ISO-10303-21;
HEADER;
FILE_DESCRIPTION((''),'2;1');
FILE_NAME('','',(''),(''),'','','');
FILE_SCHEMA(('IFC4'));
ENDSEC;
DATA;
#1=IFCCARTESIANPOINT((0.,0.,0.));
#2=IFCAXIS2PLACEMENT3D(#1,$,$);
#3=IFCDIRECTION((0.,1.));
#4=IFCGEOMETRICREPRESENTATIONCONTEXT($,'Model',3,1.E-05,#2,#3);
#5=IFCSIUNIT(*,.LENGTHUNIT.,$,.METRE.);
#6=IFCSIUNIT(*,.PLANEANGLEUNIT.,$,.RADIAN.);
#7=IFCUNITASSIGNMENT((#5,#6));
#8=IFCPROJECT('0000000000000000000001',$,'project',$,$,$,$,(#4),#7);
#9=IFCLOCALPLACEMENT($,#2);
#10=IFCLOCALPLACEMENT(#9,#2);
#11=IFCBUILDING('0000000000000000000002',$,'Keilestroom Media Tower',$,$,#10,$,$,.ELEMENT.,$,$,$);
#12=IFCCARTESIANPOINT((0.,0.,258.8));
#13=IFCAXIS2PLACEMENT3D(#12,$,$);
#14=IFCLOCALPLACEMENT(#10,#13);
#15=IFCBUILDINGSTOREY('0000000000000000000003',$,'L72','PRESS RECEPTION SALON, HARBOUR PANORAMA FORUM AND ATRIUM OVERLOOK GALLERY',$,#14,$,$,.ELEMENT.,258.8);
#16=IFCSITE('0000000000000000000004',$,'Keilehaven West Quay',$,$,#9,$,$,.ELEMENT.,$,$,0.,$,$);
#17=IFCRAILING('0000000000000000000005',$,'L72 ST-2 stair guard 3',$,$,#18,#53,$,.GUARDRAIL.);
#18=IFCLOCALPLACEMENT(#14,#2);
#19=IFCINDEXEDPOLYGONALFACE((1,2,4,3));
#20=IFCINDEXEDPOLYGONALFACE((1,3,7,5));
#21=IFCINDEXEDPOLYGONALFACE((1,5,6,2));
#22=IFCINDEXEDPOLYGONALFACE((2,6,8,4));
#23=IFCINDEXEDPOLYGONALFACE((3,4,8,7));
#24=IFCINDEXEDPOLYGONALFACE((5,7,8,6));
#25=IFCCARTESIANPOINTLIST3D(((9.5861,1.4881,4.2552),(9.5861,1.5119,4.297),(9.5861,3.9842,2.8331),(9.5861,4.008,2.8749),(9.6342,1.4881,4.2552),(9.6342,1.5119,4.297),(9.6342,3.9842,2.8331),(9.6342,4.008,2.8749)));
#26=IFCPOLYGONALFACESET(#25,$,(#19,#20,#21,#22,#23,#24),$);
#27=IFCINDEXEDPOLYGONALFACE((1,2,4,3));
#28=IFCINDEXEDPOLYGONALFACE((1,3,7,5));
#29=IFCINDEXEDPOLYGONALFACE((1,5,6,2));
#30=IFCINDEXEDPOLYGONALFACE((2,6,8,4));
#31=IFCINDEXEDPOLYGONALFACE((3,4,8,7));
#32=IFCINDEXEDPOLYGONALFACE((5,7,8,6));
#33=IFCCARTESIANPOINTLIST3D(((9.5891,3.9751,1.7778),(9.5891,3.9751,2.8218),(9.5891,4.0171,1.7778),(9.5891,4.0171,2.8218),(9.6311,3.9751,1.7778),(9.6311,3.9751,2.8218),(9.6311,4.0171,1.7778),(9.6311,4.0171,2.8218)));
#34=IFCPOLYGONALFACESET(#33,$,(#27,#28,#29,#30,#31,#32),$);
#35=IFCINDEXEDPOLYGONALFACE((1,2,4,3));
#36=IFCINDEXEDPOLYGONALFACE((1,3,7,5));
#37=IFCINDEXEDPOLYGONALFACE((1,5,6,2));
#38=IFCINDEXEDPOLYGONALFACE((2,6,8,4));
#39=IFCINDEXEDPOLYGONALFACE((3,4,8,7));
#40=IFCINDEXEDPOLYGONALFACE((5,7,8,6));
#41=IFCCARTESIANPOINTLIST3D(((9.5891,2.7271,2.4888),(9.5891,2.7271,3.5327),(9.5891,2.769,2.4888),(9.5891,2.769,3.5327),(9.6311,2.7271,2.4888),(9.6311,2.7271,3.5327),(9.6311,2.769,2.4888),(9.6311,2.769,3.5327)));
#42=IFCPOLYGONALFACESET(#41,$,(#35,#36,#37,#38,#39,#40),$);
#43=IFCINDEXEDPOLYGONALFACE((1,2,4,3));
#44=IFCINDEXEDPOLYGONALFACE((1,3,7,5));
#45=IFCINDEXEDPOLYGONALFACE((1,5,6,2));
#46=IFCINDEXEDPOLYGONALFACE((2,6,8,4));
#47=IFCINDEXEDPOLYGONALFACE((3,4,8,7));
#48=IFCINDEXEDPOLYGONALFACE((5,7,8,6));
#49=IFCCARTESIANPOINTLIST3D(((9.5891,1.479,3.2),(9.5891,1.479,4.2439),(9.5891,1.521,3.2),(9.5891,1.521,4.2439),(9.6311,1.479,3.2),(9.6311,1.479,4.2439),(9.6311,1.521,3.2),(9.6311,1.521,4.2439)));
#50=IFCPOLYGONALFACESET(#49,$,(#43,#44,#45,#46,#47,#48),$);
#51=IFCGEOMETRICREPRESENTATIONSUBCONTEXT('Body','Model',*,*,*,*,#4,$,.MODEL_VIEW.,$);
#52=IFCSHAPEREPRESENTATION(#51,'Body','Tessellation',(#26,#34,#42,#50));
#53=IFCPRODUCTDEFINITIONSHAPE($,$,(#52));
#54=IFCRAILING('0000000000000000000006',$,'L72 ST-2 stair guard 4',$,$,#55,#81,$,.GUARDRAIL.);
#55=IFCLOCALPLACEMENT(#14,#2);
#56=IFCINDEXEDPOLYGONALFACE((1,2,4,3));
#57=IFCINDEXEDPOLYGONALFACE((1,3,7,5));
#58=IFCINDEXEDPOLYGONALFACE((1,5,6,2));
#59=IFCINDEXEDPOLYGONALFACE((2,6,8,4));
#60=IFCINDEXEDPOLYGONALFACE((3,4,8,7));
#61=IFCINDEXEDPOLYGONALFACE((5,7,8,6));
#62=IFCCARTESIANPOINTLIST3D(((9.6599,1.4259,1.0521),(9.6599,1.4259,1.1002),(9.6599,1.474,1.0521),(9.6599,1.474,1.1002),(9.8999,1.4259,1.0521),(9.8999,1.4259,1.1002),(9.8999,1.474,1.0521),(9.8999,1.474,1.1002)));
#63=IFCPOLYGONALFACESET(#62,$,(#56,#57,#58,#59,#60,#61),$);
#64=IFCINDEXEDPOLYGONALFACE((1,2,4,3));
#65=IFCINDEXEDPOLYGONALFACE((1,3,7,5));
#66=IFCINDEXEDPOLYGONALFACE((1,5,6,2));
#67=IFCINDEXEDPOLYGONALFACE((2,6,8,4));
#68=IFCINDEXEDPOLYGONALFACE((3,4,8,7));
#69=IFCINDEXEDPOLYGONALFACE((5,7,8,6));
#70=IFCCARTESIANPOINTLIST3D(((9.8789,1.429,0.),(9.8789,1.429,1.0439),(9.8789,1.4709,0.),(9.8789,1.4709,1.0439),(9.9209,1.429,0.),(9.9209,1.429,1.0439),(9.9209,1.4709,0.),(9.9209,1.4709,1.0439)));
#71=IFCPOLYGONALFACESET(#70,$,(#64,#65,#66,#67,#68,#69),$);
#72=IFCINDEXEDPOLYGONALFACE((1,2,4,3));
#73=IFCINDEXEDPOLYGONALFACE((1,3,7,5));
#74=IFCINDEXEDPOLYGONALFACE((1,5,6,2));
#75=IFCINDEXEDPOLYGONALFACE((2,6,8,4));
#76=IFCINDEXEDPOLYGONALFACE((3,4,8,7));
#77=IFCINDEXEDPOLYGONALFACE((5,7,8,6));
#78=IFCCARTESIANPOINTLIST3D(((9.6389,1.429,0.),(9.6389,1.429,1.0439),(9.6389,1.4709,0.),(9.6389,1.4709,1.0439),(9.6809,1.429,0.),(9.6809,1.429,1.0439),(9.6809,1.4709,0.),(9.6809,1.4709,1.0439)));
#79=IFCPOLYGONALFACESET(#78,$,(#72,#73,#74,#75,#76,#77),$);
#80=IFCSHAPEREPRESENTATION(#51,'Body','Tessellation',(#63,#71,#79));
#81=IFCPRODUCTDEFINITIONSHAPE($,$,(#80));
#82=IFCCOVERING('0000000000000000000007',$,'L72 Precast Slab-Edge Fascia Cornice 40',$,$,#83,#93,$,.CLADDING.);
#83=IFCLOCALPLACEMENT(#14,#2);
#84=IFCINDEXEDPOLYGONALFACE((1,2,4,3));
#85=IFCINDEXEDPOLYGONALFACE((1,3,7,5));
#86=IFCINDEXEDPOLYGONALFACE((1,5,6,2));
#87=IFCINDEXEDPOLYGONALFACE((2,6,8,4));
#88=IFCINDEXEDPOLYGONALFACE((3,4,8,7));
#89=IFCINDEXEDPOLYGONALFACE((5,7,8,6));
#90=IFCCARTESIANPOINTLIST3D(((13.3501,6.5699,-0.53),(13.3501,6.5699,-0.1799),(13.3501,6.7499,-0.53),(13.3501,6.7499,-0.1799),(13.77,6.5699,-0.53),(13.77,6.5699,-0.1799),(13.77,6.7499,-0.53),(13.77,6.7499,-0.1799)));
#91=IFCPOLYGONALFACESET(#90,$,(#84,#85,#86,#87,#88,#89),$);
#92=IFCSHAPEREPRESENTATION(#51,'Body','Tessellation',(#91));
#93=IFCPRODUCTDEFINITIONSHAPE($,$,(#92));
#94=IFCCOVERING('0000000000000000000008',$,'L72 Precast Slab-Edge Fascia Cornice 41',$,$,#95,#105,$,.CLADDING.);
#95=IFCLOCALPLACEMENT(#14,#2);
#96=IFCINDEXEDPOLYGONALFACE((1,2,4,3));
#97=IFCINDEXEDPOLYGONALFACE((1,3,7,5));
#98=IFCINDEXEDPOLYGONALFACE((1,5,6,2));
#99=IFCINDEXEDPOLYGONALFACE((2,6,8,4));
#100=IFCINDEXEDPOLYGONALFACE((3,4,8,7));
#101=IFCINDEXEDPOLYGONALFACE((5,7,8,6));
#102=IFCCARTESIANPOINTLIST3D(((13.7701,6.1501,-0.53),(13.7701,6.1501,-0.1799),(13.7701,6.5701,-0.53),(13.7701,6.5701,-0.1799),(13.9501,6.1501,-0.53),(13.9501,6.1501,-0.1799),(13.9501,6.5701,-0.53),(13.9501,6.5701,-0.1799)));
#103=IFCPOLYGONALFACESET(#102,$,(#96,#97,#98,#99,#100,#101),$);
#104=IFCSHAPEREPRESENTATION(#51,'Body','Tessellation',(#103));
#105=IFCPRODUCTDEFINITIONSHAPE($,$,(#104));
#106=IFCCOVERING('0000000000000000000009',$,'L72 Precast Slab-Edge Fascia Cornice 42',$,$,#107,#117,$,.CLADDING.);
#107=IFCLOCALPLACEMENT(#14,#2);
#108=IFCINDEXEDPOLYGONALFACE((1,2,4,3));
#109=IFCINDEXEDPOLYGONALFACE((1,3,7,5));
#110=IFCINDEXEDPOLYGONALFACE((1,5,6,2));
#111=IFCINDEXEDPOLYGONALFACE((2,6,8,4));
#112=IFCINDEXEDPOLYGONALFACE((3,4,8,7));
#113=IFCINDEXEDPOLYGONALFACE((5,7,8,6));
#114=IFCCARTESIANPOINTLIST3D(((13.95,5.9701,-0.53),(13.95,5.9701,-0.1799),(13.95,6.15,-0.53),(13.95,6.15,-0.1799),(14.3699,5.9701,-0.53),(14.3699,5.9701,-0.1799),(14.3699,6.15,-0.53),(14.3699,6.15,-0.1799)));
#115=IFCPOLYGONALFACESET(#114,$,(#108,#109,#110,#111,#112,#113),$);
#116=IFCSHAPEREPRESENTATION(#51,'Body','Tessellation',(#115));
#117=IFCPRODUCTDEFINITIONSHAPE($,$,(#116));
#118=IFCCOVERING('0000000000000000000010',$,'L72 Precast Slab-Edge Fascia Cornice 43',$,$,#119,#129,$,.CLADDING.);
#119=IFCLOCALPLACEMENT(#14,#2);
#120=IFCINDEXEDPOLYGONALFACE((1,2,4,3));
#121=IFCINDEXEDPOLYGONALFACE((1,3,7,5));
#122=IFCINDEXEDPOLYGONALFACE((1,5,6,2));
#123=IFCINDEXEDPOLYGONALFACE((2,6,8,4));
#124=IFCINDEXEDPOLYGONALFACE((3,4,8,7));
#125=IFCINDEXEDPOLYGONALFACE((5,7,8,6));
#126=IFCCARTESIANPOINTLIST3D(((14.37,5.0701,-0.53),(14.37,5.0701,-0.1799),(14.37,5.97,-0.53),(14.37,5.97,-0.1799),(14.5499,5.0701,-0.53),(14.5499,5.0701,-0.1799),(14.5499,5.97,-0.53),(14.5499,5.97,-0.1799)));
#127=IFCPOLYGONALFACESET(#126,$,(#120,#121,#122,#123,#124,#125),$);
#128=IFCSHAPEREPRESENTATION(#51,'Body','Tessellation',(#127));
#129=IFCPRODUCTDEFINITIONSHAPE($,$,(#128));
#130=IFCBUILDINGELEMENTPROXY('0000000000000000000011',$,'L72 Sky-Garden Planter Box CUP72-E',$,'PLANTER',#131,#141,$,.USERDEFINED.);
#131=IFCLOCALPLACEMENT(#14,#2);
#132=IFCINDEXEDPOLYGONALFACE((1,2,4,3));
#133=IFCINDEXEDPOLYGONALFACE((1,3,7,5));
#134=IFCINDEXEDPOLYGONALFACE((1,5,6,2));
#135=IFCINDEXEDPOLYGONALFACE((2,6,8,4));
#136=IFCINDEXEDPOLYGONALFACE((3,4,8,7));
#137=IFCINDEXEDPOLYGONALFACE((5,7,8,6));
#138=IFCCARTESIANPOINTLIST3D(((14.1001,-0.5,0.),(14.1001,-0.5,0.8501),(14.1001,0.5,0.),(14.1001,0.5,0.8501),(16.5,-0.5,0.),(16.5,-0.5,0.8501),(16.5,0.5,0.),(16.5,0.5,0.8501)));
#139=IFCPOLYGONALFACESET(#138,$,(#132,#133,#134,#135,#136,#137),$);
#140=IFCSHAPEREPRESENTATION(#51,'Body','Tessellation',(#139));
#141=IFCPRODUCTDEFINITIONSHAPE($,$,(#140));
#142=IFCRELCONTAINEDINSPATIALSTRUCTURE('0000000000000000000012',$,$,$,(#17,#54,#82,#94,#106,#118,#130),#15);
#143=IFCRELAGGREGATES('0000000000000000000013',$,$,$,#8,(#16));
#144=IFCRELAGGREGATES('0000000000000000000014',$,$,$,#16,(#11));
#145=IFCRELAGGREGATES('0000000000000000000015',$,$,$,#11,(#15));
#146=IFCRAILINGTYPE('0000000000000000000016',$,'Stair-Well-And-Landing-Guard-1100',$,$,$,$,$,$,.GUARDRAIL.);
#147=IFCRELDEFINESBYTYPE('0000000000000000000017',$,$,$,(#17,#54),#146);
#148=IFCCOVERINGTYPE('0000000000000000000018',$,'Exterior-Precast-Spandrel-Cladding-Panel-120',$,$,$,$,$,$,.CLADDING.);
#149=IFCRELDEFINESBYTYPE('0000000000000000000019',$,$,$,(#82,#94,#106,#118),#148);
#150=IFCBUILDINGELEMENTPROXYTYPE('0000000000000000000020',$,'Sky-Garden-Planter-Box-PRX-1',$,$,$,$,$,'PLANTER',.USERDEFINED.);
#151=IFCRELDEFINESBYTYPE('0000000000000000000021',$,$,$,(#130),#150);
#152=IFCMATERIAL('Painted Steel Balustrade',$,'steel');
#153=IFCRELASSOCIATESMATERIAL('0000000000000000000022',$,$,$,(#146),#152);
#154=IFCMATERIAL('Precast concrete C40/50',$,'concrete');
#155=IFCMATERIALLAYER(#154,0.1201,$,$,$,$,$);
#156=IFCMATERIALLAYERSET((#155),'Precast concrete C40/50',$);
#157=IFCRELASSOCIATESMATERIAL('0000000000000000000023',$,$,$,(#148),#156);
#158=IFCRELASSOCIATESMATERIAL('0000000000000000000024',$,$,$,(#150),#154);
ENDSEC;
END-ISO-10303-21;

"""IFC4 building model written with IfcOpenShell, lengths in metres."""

from ifc_helpers import new_model, si_unit, direction, frame, origin, origin_2d, place, context, subcontext, project, spatial, rectangle, extrude, source, transform, mapped, material, layer, layer_set, type_object, element, save


model = new_model("IFC4")

# Units and contexts
model_context = context("Model", 3, precision=1e-05, world=origin(), true_north=direction((0.0, 1.0)))
body_context = subcontext(model_context, "Body", "Model", "MODEL_VIEW")
ifc_project = project(units=[si_unit("LENGTHUNIT", "METRE"), si_unit("PLANEANGLEUNIT", "RADIAN")], contexts=[model_context])

# Site, building, storey
site_placement = place(None, origin())
site = spatial("IfcSite", under=ifc_project, at=site_placement, Name="Keilehaven West Quay", CompositionType="ELEMENT", RefElevation=0.0)
building_placement = place(site_placement, origin())
building = spatial("IfcBuilding", under=site, at=building_placement, Name="Keilestroom Media Tower", CompositionType="ELEMENT")
storey_placement = place(building_placement, frame((0.0, 0.0, 258.8)))
storey = spatial("IfcBuildingStorey", under=building, at=storey_placement, Name="L72", Description="PRESS RECEPTION SALON, HARBOUR PANORAMA FORUM AND ATRIUM OVERLOOK GALLERY", CompositionType="ELEMENT", Elevation=258.8)

# Shared definitions
ifc_material_1 = material(Name="Precast concrete C40/50", Category="concrete")

# Railings
ifc_material_2 = material(Name="Painted Steel Balustrade", Category="steel")
railing_type_1 = type_object("IfcRailingType", Name="Stair-Well-And-Landing-Guard-1100", PredefinedType="GUARDRAIL", material=ifc_material_2)
railing_1_placement = place(storey_placement, frame((9.6101, 3.9961, 1.7778)))
element("IfcRailing", 1, at=railing_1_placement, inside=storey, type_object=railing_type_1, Name="L72 ST-2 stair guard 3", PredefinedType="GUARDRAIL", context=body_context, shape_type="SweptSolid", body=[
    extrude(rectangle(XDim=0.0481, YDim=0.0481, at=origin_2d()), frame((0.0, 0.0, 1.0762), z_axis=(0.0, -0.868875, 0.495031), x_axis=(1.0, 0.0, 0.0)), (0.0, 0.0, 1.0), 2.8728),
    extrude(rectangle(XDim=0.042, YDim=0.042, at=origin_2d()), origin(), (0.0, 0.0, 1.0), 1.0439),
    extrude(rectangle(XDim=0.042, YDim=0.042, at=origin_2d()), frame((0.0, -1.248, 0.7109)), (0.0, 0.0, 1.0), 1.0439),
    extrude(rectangle(XDim=0.042, YDim=0.042, at=origin_2d()), frame((0.0, -2.4961, 1.4221)), (0.0, 0.0, 1.0), 1.0439),
])
railing_2_placement = place(storey_placement, frame((9.8999, 1.45, 0.0)))
element("IfcRailing", 2, at=railing_2_placement, inside=storey, type_object=railing_type_1, Name="L72 ST-2 stair guard 4", PredefinedType="GUARDRAIL", context=body_context, shape_type="SweptSolid", body=[
    extrude(rectangle(XDim=0.0481, YDim=0.0481, at=origin_2d()), frame((0.0, 0.0, 1.0762), z_axis=(-1.0, 0.0, 0.0), x_axis=(0.0, -1.0, 0.0)), (0.0, 0.0, 1.0), 0.24),
    extrude(rectangle(XDim=0.042, YDim=0.042, at=origin_2d()), origin(), (0.0, 0.0, 1.0), 1.0439),
    extrude(rectangle(XDim=0.042, YDim=0.042, at=origin_2d()), frame((-0.24, 0.0, 0.0)), (0.0, 0.0, 1.0), 1.0439),
])

# Coverings
ifc_layer_1 = layer(ifc_material_1, 0.1201)
ifc_layer_set_1 = layer_set([ifc_layer_1], Name="Precast concrete C40/50")
covering_type = type_object("IfcCoveringType", Name="Exterior-Precast-Spandrel-Cladding-Panel-120", PredefinedType="CLADDING", material=ifc_layer_set_1)
shared_shape_1 = source(origin(), body_context, "Body", "SweptSolid", [
    extrude(rectangle(XDim=0.4199, YDim=0.1799, at=origin_2d()), origin(), (0.0, 0.0, 1.0), 0.3501),
])
for number, where, z_axis, x_axis, name in (
    (3, (13.5601, 6.6599, -0.53), (0.0, 0.0, 1.0), (1.0, 0.0, 0.0), "L72 Precast Slab-Edge Fascia Cornice 40"),
    (4, (13.8601, 6.3601, -0.53), (0.0, 0.0, 1.0), (0.0, -1.0, 0.0), "L72 Precast Slab-Edge Fascia Cornice 41"),
    (5, (14.1599, 6.0601, -0.53), (0.0, 0.0, 1.0), (1.0, 0.0, 0.0), "L72 Precast Slab-Edge Fascia Cornice 42"),
):
    element("IfcCovering", number, at=place(storey_placement, frame(where, z_axis=z_axis, x_axis=x_axis)), inside=storey, type_object=covering_type, Name=name, PredefinedType="CLADDING", context=body_context, shape_type="MappedRepresentation", body=[
        mapped(shared_shape_1, transform((0.0, 0.0, 0.0), x_axis=(1.0, 0.0, 0.0), y_axis=(0.0, 1.0, 0.0), z_axis=(0.0, 0.0, 1.0), scale=1.0)),
    ])
shared_shape_2 = source(origin(), body_context, "Body", "SweptSolid", [
    extrude(rectangle(XDim=0.8999, YDim=0.1799, at=origin_2d()), origin(), (0.0, 0.0, 1.0), 0.3501),
])
covering_placement = place(storey_placement, frame((14.46, 5.52, -0.53), z_axis=(0.0, 0.0, 1.0), x_axis=(0.0, -1.0, 0.0)))
element("IfcCovering", 6, at=covering_placement, inside=storey, type_object=covering_type, Name="L72 Precast Slab-Edge Fascia Cornice 43", PredefinedType="CLADDING", context=body_context, shape_type="MappedRepresentation", body=[
    mapped(shared_shape_2, transform((0.0, 0.0, 0.0), x_axis=(1.0, 0.0, 0.0), y_axis=(0.0, 1.0, 0.0), z_axis=(0.0, 0.0, 1.0), scale=1.0)),
])

# Building element proxy
building_element_proxy_type = type_object("IfcBuildingElementProxyType", Name="Sky-Garden-Planter-Box-PRX-1", ElementType="PLANTER", PredefinedType="USERDEFINED", material=ifc_material_1)
shared_shape_3 = source(origin(), body_context, "Body", "SweptSolid", [
    extrude(rectangle(XDim=2.3999, YDim=1.0, at=origin_2d()), origin(), (0.0, 0.0, 1.0), 0.8501),
])
proxy_placement = place(storey_placement, frame((15.3, 0.0, 0.0), z_axis=(0.0, 0.0, 1.0), x_axis=(1.0, 0.0, 0.0)))
element("IfcBuildingElementProxy", 7, at=proxy_placement, inside=storey, type_object=building_element_proxy_type, Name="L72 Sky-Garden Planter Box CUP72-E", ObjectType="PLANTER", PredefinedType="USERDEFINED", context=body_context, shape_type="MappedRepresentation", body=[
    mapped(shared_shape_3, transform((0.0, 0.0, 0.0), x_axis=(1.0, 0.0, 0.0), y_axis=(0.0, 1.0, 0.0), z_axis=(0.0, 0.0, 1.0), scale=1.0)),
])

save(model, "model.ifc")
